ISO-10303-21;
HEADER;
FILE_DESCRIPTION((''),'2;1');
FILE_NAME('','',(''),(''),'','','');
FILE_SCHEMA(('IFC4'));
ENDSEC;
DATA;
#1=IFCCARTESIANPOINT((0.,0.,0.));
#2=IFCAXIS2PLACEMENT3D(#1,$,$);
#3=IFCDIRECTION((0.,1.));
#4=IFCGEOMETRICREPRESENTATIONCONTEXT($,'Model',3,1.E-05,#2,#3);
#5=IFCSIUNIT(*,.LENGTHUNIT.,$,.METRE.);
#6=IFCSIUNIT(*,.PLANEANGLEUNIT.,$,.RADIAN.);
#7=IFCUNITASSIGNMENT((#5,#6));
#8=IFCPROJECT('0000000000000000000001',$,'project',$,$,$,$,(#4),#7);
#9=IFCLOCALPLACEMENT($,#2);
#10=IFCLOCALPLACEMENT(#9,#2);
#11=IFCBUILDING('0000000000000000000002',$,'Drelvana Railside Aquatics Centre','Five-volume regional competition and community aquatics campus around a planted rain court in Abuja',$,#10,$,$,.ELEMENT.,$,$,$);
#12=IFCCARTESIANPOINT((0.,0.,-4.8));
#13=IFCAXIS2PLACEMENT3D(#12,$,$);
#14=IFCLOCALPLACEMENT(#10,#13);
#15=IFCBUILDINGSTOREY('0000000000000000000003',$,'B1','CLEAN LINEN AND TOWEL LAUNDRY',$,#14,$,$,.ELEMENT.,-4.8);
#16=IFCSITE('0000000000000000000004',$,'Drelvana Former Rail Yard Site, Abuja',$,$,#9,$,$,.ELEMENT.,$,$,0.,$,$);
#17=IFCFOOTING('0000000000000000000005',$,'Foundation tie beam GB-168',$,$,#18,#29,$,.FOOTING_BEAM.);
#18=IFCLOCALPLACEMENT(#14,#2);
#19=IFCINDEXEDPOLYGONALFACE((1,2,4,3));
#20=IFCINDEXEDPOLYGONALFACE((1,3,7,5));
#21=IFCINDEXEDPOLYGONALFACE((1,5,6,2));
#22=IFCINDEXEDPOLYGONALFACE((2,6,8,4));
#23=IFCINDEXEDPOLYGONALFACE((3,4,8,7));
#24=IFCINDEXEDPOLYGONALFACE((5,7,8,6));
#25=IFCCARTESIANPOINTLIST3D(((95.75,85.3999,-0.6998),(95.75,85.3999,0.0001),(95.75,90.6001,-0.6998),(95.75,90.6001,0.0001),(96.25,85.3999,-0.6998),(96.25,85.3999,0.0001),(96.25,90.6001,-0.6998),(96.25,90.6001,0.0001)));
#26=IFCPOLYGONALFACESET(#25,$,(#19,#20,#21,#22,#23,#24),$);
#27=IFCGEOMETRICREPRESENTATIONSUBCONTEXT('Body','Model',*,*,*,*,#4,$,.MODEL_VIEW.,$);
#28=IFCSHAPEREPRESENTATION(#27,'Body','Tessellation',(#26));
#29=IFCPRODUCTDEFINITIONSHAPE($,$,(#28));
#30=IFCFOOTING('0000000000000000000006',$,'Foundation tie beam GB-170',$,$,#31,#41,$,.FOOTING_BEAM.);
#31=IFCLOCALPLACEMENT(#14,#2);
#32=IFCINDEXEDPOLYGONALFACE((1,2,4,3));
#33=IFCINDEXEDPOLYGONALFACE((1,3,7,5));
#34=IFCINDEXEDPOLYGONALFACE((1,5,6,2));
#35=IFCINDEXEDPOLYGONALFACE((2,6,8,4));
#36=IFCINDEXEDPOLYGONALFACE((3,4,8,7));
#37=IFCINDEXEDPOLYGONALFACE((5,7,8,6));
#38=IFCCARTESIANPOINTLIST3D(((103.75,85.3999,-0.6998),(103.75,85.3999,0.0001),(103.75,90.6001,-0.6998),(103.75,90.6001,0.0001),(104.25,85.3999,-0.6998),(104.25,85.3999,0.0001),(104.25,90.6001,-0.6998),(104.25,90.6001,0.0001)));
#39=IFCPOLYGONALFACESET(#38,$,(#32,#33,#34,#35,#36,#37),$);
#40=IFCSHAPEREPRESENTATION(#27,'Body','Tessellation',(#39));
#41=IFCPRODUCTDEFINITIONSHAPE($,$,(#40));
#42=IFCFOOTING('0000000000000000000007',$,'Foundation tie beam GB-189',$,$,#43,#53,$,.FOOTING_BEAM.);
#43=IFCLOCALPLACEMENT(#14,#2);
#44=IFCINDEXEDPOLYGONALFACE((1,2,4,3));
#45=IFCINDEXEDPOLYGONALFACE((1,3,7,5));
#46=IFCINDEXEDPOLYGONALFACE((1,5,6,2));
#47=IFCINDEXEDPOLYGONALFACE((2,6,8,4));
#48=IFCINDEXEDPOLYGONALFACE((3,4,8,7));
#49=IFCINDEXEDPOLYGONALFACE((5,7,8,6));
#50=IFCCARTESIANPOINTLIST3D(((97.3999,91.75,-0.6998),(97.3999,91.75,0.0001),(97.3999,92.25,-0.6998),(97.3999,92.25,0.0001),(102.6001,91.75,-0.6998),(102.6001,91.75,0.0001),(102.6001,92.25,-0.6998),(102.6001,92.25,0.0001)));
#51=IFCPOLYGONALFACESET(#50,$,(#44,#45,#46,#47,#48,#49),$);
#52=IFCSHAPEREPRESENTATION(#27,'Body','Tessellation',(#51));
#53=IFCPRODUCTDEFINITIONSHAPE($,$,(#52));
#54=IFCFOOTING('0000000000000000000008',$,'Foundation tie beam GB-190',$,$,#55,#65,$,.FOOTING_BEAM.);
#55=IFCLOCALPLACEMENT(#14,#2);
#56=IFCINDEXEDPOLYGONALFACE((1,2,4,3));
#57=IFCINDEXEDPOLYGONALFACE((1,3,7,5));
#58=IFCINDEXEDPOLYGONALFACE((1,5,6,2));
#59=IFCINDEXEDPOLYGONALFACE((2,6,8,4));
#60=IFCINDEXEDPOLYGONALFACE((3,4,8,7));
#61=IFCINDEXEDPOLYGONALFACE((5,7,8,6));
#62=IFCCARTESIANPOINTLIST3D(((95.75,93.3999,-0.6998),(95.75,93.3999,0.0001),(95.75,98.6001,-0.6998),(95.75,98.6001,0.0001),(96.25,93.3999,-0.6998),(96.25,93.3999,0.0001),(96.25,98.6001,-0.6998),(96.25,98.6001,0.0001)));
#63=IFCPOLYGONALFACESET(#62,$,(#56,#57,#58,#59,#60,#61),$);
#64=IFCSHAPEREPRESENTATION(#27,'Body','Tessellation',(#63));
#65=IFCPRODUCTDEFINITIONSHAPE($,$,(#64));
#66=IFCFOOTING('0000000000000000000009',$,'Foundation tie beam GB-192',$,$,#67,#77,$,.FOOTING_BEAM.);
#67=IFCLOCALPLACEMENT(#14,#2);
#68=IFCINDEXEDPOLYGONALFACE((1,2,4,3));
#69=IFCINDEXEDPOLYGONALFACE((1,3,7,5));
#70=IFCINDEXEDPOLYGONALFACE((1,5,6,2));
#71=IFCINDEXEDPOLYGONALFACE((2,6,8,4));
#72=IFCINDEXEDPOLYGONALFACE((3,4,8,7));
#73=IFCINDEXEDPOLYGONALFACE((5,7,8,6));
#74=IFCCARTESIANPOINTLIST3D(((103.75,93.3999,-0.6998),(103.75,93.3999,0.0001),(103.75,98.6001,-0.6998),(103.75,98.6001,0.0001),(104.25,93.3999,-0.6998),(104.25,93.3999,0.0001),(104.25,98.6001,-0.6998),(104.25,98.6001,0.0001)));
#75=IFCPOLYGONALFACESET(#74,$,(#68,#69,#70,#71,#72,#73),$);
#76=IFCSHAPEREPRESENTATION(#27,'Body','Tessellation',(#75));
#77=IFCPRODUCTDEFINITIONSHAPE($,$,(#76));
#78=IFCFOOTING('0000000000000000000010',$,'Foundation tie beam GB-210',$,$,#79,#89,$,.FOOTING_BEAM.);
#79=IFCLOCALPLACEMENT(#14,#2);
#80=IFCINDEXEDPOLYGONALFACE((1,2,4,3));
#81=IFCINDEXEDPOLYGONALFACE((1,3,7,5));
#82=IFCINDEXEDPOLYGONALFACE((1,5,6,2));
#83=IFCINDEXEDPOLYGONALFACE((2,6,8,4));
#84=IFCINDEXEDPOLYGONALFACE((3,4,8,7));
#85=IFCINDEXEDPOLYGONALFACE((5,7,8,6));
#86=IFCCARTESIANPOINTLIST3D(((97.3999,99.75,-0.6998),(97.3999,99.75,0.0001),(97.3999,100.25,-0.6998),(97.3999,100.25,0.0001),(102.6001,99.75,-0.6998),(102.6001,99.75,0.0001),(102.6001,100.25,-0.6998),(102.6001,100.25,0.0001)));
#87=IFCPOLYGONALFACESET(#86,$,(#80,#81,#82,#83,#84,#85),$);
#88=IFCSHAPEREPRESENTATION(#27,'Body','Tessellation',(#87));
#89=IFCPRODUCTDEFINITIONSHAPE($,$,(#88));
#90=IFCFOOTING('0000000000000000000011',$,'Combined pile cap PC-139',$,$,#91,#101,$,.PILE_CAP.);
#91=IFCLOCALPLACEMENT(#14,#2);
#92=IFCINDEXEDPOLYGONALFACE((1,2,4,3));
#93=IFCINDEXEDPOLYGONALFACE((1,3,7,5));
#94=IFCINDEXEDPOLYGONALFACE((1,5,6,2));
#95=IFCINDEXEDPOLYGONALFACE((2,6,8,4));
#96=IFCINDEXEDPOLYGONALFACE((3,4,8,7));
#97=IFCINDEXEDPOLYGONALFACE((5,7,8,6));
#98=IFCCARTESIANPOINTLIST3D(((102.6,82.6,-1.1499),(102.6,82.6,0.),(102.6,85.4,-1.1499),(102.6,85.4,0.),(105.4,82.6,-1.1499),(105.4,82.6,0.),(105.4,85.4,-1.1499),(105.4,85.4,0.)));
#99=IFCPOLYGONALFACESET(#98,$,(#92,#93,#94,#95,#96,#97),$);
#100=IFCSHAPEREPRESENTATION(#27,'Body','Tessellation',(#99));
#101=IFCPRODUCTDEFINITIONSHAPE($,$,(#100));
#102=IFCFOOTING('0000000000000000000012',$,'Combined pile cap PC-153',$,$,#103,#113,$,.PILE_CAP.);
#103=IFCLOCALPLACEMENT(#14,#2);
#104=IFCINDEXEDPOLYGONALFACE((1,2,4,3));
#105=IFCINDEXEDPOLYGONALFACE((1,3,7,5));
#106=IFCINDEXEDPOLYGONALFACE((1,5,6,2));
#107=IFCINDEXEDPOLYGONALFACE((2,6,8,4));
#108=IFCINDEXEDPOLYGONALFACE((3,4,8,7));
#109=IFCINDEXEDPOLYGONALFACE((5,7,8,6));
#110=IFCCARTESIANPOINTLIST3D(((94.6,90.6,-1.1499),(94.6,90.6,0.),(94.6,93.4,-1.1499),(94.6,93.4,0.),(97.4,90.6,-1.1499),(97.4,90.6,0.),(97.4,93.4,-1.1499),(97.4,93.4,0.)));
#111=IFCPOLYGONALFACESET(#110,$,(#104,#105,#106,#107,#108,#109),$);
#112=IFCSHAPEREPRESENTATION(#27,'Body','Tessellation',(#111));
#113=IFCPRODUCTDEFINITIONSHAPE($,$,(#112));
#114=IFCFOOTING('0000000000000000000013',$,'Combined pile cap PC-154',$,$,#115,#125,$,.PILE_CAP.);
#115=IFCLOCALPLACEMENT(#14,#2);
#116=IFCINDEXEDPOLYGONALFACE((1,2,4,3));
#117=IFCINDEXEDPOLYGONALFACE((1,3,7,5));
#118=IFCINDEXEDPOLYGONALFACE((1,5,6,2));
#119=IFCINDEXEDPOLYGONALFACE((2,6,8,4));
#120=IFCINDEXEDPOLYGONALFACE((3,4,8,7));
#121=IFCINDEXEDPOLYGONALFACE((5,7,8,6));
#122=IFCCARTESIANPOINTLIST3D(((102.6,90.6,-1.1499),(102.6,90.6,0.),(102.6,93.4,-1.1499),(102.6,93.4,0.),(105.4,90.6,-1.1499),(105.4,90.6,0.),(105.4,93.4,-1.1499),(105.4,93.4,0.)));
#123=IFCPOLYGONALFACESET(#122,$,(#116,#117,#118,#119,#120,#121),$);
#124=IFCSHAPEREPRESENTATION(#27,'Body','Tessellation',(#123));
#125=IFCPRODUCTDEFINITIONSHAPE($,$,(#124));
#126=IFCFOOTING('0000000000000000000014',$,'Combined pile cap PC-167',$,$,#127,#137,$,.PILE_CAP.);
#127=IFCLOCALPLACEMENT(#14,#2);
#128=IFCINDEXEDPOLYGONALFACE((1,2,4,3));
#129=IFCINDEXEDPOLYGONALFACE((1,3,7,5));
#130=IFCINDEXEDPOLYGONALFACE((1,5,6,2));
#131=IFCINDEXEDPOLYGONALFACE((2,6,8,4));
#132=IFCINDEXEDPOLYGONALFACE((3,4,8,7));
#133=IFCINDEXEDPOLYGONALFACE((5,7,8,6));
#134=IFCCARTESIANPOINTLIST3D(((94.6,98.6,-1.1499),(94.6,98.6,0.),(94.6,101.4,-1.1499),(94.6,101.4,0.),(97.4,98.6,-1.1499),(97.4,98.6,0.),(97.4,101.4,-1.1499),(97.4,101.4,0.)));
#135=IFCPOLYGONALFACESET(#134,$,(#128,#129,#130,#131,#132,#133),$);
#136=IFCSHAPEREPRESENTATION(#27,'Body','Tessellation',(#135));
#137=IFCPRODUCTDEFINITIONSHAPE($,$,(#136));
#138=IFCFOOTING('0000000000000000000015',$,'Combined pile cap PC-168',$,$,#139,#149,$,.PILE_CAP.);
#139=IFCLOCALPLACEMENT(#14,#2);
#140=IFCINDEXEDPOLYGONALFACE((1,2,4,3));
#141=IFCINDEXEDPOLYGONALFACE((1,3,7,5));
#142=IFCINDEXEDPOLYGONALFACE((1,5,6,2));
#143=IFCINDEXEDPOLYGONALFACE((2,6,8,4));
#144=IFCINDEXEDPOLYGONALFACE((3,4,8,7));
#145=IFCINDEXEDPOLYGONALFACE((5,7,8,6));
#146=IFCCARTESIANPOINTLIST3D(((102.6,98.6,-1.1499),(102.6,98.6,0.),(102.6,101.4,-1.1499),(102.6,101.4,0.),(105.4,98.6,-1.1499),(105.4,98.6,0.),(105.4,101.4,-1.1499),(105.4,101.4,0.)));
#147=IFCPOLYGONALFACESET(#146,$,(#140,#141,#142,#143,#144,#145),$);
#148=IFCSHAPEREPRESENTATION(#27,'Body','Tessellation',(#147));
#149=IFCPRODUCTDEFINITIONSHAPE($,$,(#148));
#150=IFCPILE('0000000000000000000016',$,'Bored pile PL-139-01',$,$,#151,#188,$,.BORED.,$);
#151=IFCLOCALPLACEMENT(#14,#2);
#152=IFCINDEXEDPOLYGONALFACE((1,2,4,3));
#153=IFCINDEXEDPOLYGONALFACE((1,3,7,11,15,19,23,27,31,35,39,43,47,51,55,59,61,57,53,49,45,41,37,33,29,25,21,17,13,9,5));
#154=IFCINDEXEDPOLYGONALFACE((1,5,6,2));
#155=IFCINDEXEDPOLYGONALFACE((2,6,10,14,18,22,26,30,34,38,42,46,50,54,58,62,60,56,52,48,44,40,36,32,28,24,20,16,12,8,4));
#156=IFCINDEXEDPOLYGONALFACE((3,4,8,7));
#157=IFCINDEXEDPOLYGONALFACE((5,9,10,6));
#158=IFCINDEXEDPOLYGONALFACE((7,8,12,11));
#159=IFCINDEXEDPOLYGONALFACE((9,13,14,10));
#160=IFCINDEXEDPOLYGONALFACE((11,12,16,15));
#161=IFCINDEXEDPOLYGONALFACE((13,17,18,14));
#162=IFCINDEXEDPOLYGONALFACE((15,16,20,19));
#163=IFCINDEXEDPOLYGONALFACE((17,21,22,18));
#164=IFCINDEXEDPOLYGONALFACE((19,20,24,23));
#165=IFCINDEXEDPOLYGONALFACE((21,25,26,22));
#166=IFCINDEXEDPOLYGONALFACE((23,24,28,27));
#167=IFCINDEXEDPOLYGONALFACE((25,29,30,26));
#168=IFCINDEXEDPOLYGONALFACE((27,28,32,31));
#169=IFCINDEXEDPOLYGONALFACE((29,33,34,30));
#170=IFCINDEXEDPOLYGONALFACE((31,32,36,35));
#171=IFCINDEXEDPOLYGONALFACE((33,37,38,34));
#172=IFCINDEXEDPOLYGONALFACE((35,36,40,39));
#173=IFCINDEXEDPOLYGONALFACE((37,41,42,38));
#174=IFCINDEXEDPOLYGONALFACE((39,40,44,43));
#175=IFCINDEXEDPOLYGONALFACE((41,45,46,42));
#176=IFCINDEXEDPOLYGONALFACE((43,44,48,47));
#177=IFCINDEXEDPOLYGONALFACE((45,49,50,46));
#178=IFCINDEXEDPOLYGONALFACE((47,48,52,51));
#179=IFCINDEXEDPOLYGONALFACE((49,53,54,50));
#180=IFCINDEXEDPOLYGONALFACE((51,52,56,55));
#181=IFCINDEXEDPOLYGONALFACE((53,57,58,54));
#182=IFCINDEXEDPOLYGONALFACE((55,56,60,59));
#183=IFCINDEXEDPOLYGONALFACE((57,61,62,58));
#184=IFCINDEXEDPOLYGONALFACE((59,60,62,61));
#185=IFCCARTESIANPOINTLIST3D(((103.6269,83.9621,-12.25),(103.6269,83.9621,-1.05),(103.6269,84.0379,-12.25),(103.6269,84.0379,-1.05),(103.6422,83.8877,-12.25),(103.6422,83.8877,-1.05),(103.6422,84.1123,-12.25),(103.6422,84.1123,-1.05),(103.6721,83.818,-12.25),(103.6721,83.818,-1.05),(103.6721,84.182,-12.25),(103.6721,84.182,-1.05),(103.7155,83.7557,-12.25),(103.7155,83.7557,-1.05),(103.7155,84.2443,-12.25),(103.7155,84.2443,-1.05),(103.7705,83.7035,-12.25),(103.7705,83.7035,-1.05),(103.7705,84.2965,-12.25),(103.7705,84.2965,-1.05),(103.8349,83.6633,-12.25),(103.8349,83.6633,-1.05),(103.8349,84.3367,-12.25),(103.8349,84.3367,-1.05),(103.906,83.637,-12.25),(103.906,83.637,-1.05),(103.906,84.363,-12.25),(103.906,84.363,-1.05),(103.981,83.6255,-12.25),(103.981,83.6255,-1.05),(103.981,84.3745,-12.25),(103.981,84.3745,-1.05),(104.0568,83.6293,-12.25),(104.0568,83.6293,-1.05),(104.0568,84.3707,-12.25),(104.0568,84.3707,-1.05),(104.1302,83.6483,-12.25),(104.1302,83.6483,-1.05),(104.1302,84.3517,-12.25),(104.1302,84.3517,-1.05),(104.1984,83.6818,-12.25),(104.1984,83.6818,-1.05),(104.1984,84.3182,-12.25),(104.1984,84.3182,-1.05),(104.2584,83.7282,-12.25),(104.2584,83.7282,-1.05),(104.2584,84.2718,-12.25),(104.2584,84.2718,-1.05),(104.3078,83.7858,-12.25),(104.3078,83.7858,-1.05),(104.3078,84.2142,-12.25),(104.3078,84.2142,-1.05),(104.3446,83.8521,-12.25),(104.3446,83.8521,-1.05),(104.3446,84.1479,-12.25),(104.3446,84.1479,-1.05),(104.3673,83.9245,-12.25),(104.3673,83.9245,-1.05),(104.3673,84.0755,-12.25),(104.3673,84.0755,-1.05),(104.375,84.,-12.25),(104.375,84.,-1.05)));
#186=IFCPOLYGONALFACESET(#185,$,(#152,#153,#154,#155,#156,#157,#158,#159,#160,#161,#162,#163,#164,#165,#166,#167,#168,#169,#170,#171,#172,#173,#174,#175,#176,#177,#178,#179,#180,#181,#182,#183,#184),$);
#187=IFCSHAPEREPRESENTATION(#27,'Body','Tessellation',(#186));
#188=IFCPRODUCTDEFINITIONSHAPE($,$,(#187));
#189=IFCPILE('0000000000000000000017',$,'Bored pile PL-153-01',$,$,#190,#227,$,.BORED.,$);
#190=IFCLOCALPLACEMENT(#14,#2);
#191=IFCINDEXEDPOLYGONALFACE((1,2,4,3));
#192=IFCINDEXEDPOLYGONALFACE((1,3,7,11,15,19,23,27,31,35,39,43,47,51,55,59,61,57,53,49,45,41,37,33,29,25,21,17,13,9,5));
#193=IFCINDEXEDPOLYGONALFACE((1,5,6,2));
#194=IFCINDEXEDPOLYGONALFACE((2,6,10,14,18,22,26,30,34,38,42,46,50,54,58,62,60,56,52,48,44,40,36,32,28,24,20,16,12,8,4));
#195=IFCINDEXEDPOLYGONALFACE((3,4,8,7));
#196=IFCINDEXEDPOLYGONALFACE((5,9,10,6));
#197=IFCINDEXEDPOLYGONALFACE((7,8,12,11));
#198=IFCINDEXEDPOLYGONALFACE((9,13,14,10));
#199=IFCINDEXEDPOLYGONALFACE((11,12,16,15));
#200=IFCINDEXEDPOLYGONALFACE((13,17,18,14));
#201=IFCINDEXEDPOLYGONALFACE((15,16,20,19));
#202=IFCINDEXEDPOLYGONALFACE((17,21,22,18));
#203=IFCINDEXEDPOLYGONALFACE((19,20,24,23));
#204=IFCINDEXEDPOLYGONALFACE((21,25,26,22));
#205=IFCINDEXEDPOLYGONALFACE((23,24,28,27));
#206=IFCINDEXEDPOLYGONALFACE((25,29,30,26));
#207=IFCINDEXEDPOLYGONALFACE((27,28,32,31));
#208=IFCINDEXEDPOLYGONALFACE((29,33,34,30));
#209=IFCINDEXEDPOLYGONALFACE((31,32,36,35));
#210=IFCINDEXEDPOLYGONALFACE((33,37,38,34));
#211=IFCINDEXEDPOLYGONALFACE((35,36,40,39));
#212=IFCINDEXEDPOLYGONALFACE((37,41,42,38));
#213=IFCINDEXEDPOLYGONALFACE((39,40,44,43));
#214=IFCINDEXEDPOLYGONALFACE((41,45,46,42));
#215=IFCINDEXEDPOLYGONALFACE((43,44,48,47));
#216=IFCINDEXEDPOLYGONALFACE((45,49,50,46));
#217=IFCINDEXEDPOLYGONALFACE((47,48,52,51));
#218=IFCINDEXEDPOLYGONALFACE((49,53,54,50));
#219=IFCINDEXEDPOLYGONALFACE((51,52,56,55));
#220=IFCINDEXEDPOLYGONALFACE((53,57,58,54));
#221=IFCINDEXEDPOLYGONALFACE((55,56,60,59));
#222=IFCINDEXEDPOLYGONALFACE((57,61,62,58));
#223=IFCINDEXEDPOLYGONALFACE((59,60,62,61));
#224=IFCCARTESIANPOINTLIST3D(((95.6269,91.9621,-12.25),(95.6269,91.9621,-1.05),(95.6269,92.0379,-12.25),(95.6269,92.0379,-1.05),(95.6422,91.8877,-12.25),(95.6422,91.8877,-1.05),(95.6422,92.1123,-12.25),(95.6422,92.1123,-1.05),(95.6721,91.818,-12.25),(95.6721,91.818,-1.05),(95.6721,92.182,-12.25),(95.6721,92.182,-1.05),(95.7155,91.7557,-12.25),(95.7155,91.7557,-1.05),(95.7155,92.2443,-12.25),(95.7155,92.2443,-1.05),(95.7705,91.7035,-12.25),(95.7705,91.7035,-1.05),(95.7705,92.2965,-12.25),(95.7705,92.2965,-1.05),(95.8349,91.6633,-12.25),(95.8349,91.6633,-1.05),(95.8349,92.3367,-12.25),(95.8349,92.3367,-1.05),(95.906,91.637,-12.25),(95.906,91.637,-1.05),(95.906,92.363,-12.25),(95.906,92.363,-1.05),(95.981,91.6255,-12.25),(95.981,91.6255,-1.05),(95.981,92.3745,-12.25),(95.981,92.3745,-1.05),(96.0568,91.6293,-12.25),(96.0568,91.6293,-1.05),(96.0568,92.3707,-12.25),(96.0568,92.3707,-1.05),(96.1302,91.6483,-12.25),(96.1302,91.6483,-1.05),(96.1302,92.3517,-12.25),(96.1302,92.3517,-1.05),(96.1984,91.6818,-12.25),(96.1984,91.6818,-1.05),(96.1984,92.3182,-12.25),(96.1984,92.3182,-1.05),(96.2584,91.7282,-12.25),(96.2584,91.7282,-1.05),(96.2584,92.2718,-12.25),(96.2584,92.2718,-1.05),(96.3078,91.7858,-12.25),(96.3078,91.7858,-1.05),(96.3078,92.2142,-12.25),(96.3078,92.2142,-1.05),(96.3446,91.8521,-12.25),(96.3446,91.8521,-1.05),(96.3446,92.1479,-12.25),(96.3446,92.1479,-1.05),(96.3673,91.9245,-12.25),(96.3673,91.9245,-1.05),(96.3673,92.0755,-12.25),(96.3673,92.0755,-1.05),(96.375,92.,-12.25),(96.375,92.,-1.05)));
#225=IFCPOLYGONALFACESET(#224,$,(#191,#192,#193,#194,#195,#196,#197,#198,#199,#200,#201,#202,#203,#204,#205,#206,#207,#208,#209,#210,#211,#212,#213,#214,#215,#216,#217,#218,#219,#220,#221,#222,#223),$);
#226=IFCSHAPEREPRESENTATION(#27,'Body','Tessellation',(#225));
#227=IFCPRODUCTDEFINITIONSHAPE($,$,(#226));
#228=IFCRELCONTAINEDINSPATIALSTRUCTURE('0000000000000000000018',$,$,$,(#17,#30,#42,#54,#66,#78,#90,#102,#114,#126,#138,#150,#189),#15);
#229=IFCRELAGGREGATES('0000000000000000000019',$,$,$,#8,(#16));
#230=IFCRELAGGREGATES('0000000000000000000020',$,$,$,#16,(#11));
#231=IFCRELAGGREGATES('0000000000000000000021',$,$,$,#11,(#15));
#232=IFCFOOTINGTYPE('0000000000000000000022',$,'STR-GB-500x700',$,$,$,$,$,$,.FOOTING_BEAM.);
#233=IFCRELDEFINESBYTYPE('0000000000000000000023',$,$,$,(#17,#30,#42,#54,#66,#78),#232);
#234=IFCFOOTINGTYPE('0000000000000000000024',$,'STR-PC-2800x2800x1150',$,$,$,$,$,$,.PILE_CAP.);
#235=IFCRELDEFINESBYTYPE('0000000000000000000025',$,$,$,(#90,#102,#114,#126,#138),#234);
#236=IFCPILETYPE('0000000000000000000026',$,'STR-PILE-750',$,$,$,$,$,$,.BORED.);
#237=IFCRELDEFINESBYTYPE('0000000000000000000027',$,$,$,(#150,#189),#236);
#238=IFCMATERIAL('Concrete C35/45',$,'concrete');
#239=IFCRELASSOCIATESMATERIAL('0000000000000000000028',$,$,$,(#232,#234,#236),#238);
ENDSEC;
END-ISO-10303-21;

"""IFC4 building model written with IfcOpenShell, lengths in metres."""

from ifc_helpers import new_model, si_unit, direction, frame, origin, origin_2d, place, context, subcontext, project, spatial, rectangle, circle, extrude, material, material_profile, profile_set, type_object, element, save


model = new_model("IFC4")

# Units and contexts
model_context = context("Model", 3, precision=1e-05, world=origin(), true_north=direction((0.0, 1.0)))
body_context = subcontext(model_context, "Body", "Model", "MODEL_VIEW")
ifc_project = project(units=[si_unit("LENGTHUNIT", "METRE"), si_unit("PLANEANGLEUNIT", "RADIAN")], contexts=[model_context])

# Site, building, storey
site_placement = place(None, origin())
site = spatial("IfcSite", under=ifc_project, at=site_placement, Name="Drelvana Former Rail Yard Site, Abuja", CompositionType="ELEMENT", RefElevation=0.0)
building_placement = place(site_placement, origin())
building = spatial("IfcBuilding", under=site, at=building_placement, Name="Drelvana Railside Aquatics Centre", Description="Five-volume regional competition and community aquatics campus around a planted rain court in Abuja", CompositionType="ELEMENT")
storey_placement = place(building_placement, frame((0.0, 0.0, -4.8)))
storey = spatial("IfcBuildingStorey", under=building, at=storey_placement, Name="B1", Description="CLEAN LINEN AND TOWEL LAUNDRY", CompositionType="ELEMENT", Elevation=-4.8)

# Footings
ifc_material_1 = material(Name="Concrete C35/45", Category="concrete")
ifc_material_profile_1 = material_profile(ifc_material_1, rectangle(XDim=0.5, YDim=0.7, at=origin_2d()), Name="GB 500x700")
ifc_profile_set_1 = profile_set([ifc_material_profile_1], Name="Concrete C35/45")
footing_type_1 = type_object("IfcFootingType", Name="STR-GB-500x700", PredefinedType="FOOTING_BEAM", material=ifc_profile_set_1)
for number, where, z_axis, x_axis, name in (
    (1, (96.0, 85.3999, -0.3499), (0.0, 1.0, 0.0), (-1.0, 0.0, 0.0), "Foundation tie beam GB-168"),
    (2, (104.0, 85.3999, -0.3499), (0.0, 1.0, 0.0), (-1.0, 0.0, 0.0), "Foundation tie beam GB-170"),
    (3, (97.3999, 92.0, -0.3499), (1.0, 0.0, 0.0), (0.0, 1.0, 0.0), "Foundation tie beam GB-189"),
    (4, (96.0, 93.3999, -0.3499), (0.0, 1.0, 0.0), (-1.0, 0.0, 0.0), "Foundation tie beam GB-190"),
    (5, (104.0, 93.3999, -0.3499), (0.0, 1.0, 0.0), (-1.0, 0.0, 0.0), "Foundation tie beam GB-192"),
    (6, (97.3999, 100.0, -0.3499), (1.0, 0.0, 0.0), (0.0, 1.0, 0.0), "Foundation tie beam GB-210"),
):
    element("IfcFooting", number, at=place(storey_placement, frame(where, z_axis=z_axis, x_axis=x_axis)), inside=storey, type_object=footing_type_1, Name=name, PredefinedType="FOOTING_BEAM", context=body_context, shape_type="SweptSolid", body=[
        extrude(rectangle(XDim=0.5, YDim=0.7, at=origin_2d()), origin(), (0.0, 0.0, 1.0), 5.2002),
    ])
footing_type_2 = type_object("IfcFootingType", Name="STR-PC-2800x2800x1150", PredefinedType="PILE_CAP", material=ifc_material_1)
for number, where, z_axis, x_axis, name in (
    (7, (104.0, 84.0, -1.1499), (0.0, 0.0, 1.0), (1.0, 0.0, 0.0), "Combined pile cap PC-139"),
    (8, (96.0, 92.0, -1.1499), (0.0, 0.0, 1.0), (1.0, 0.0, 0.0), "Combined pile cap PC-153"),
    (9, (104.0, 92.0, -1.1499), (0.0, 0.0, 1.0), (1.0, 0.0, 0.0), "Combined pile cap PC-154"),
    (10, (96.0, 100.0, -1.1499), (0.0, 0.0, 1.0), (1.0, 0.0, 0.0), "Combined pile cap PC-167"),
    (11, (104.0, 100.0, -1.1499), (0.0, 0.0, 1.0), (1.0, 0.0, 0.0), "Combined pile cap PC-168"),
):
    element("IfcFooting", number, at=place(storey_placement, frame(where, z_axis=z_axis, x_axis=x_axis)), inside=storey, type_object=footing_type_2, Name=name, PredefinedType="PILE_CAP", context=body_context, shape_type="SweptSolid", body=[
        extrude(rectangle(XDim=2.8, YDim=2.8, at=origin_2d()), origin(), (0.0, 0.0, 1.0), 1.1499),
    ])

# Piles
ifc_material_profile_2 = material_profile(ifc_material_1, circle(Radius=0.375, at=origin_2d()), Name="PILE D750")
ifc_profile_set_2 = profile_set([ifc_material_profile_2], Name="Concrete C35/45")
pile_type = type_object("IfcPileType", Name="STR-PILE-750", PredefinedType="BORED", material=ifc_profile_set_2)
for number, where, z_axis, x_axis, name in (
    (12, (104.0, 84.0, -1.05), (0.0, 0.0, -1.0), (1.0, 0.0, 0.0), "Bored pile PL-139-01"),
    (13, (96.0, 92.0, -1.05), (0.0, 0.0, -1.0), (1.0, 0.0, 0.0), "Bored pile PL-153-01"),
):
    element("IfcPile", number, at=place(storey_placement, frame(where, z_axis=z_axis, x_axis=x_axis)), inside=storey, type_object=pile_type, Name=name, PredefinedType="BORED", context=body_context, shape_type="SweptSolid", body=[
        extrude(circle(Radius=0.375, at=origin_2d()), origin(), (0.0, 0.0, 1.0), 11.2),
    ])

save(model, "model.ifc")
